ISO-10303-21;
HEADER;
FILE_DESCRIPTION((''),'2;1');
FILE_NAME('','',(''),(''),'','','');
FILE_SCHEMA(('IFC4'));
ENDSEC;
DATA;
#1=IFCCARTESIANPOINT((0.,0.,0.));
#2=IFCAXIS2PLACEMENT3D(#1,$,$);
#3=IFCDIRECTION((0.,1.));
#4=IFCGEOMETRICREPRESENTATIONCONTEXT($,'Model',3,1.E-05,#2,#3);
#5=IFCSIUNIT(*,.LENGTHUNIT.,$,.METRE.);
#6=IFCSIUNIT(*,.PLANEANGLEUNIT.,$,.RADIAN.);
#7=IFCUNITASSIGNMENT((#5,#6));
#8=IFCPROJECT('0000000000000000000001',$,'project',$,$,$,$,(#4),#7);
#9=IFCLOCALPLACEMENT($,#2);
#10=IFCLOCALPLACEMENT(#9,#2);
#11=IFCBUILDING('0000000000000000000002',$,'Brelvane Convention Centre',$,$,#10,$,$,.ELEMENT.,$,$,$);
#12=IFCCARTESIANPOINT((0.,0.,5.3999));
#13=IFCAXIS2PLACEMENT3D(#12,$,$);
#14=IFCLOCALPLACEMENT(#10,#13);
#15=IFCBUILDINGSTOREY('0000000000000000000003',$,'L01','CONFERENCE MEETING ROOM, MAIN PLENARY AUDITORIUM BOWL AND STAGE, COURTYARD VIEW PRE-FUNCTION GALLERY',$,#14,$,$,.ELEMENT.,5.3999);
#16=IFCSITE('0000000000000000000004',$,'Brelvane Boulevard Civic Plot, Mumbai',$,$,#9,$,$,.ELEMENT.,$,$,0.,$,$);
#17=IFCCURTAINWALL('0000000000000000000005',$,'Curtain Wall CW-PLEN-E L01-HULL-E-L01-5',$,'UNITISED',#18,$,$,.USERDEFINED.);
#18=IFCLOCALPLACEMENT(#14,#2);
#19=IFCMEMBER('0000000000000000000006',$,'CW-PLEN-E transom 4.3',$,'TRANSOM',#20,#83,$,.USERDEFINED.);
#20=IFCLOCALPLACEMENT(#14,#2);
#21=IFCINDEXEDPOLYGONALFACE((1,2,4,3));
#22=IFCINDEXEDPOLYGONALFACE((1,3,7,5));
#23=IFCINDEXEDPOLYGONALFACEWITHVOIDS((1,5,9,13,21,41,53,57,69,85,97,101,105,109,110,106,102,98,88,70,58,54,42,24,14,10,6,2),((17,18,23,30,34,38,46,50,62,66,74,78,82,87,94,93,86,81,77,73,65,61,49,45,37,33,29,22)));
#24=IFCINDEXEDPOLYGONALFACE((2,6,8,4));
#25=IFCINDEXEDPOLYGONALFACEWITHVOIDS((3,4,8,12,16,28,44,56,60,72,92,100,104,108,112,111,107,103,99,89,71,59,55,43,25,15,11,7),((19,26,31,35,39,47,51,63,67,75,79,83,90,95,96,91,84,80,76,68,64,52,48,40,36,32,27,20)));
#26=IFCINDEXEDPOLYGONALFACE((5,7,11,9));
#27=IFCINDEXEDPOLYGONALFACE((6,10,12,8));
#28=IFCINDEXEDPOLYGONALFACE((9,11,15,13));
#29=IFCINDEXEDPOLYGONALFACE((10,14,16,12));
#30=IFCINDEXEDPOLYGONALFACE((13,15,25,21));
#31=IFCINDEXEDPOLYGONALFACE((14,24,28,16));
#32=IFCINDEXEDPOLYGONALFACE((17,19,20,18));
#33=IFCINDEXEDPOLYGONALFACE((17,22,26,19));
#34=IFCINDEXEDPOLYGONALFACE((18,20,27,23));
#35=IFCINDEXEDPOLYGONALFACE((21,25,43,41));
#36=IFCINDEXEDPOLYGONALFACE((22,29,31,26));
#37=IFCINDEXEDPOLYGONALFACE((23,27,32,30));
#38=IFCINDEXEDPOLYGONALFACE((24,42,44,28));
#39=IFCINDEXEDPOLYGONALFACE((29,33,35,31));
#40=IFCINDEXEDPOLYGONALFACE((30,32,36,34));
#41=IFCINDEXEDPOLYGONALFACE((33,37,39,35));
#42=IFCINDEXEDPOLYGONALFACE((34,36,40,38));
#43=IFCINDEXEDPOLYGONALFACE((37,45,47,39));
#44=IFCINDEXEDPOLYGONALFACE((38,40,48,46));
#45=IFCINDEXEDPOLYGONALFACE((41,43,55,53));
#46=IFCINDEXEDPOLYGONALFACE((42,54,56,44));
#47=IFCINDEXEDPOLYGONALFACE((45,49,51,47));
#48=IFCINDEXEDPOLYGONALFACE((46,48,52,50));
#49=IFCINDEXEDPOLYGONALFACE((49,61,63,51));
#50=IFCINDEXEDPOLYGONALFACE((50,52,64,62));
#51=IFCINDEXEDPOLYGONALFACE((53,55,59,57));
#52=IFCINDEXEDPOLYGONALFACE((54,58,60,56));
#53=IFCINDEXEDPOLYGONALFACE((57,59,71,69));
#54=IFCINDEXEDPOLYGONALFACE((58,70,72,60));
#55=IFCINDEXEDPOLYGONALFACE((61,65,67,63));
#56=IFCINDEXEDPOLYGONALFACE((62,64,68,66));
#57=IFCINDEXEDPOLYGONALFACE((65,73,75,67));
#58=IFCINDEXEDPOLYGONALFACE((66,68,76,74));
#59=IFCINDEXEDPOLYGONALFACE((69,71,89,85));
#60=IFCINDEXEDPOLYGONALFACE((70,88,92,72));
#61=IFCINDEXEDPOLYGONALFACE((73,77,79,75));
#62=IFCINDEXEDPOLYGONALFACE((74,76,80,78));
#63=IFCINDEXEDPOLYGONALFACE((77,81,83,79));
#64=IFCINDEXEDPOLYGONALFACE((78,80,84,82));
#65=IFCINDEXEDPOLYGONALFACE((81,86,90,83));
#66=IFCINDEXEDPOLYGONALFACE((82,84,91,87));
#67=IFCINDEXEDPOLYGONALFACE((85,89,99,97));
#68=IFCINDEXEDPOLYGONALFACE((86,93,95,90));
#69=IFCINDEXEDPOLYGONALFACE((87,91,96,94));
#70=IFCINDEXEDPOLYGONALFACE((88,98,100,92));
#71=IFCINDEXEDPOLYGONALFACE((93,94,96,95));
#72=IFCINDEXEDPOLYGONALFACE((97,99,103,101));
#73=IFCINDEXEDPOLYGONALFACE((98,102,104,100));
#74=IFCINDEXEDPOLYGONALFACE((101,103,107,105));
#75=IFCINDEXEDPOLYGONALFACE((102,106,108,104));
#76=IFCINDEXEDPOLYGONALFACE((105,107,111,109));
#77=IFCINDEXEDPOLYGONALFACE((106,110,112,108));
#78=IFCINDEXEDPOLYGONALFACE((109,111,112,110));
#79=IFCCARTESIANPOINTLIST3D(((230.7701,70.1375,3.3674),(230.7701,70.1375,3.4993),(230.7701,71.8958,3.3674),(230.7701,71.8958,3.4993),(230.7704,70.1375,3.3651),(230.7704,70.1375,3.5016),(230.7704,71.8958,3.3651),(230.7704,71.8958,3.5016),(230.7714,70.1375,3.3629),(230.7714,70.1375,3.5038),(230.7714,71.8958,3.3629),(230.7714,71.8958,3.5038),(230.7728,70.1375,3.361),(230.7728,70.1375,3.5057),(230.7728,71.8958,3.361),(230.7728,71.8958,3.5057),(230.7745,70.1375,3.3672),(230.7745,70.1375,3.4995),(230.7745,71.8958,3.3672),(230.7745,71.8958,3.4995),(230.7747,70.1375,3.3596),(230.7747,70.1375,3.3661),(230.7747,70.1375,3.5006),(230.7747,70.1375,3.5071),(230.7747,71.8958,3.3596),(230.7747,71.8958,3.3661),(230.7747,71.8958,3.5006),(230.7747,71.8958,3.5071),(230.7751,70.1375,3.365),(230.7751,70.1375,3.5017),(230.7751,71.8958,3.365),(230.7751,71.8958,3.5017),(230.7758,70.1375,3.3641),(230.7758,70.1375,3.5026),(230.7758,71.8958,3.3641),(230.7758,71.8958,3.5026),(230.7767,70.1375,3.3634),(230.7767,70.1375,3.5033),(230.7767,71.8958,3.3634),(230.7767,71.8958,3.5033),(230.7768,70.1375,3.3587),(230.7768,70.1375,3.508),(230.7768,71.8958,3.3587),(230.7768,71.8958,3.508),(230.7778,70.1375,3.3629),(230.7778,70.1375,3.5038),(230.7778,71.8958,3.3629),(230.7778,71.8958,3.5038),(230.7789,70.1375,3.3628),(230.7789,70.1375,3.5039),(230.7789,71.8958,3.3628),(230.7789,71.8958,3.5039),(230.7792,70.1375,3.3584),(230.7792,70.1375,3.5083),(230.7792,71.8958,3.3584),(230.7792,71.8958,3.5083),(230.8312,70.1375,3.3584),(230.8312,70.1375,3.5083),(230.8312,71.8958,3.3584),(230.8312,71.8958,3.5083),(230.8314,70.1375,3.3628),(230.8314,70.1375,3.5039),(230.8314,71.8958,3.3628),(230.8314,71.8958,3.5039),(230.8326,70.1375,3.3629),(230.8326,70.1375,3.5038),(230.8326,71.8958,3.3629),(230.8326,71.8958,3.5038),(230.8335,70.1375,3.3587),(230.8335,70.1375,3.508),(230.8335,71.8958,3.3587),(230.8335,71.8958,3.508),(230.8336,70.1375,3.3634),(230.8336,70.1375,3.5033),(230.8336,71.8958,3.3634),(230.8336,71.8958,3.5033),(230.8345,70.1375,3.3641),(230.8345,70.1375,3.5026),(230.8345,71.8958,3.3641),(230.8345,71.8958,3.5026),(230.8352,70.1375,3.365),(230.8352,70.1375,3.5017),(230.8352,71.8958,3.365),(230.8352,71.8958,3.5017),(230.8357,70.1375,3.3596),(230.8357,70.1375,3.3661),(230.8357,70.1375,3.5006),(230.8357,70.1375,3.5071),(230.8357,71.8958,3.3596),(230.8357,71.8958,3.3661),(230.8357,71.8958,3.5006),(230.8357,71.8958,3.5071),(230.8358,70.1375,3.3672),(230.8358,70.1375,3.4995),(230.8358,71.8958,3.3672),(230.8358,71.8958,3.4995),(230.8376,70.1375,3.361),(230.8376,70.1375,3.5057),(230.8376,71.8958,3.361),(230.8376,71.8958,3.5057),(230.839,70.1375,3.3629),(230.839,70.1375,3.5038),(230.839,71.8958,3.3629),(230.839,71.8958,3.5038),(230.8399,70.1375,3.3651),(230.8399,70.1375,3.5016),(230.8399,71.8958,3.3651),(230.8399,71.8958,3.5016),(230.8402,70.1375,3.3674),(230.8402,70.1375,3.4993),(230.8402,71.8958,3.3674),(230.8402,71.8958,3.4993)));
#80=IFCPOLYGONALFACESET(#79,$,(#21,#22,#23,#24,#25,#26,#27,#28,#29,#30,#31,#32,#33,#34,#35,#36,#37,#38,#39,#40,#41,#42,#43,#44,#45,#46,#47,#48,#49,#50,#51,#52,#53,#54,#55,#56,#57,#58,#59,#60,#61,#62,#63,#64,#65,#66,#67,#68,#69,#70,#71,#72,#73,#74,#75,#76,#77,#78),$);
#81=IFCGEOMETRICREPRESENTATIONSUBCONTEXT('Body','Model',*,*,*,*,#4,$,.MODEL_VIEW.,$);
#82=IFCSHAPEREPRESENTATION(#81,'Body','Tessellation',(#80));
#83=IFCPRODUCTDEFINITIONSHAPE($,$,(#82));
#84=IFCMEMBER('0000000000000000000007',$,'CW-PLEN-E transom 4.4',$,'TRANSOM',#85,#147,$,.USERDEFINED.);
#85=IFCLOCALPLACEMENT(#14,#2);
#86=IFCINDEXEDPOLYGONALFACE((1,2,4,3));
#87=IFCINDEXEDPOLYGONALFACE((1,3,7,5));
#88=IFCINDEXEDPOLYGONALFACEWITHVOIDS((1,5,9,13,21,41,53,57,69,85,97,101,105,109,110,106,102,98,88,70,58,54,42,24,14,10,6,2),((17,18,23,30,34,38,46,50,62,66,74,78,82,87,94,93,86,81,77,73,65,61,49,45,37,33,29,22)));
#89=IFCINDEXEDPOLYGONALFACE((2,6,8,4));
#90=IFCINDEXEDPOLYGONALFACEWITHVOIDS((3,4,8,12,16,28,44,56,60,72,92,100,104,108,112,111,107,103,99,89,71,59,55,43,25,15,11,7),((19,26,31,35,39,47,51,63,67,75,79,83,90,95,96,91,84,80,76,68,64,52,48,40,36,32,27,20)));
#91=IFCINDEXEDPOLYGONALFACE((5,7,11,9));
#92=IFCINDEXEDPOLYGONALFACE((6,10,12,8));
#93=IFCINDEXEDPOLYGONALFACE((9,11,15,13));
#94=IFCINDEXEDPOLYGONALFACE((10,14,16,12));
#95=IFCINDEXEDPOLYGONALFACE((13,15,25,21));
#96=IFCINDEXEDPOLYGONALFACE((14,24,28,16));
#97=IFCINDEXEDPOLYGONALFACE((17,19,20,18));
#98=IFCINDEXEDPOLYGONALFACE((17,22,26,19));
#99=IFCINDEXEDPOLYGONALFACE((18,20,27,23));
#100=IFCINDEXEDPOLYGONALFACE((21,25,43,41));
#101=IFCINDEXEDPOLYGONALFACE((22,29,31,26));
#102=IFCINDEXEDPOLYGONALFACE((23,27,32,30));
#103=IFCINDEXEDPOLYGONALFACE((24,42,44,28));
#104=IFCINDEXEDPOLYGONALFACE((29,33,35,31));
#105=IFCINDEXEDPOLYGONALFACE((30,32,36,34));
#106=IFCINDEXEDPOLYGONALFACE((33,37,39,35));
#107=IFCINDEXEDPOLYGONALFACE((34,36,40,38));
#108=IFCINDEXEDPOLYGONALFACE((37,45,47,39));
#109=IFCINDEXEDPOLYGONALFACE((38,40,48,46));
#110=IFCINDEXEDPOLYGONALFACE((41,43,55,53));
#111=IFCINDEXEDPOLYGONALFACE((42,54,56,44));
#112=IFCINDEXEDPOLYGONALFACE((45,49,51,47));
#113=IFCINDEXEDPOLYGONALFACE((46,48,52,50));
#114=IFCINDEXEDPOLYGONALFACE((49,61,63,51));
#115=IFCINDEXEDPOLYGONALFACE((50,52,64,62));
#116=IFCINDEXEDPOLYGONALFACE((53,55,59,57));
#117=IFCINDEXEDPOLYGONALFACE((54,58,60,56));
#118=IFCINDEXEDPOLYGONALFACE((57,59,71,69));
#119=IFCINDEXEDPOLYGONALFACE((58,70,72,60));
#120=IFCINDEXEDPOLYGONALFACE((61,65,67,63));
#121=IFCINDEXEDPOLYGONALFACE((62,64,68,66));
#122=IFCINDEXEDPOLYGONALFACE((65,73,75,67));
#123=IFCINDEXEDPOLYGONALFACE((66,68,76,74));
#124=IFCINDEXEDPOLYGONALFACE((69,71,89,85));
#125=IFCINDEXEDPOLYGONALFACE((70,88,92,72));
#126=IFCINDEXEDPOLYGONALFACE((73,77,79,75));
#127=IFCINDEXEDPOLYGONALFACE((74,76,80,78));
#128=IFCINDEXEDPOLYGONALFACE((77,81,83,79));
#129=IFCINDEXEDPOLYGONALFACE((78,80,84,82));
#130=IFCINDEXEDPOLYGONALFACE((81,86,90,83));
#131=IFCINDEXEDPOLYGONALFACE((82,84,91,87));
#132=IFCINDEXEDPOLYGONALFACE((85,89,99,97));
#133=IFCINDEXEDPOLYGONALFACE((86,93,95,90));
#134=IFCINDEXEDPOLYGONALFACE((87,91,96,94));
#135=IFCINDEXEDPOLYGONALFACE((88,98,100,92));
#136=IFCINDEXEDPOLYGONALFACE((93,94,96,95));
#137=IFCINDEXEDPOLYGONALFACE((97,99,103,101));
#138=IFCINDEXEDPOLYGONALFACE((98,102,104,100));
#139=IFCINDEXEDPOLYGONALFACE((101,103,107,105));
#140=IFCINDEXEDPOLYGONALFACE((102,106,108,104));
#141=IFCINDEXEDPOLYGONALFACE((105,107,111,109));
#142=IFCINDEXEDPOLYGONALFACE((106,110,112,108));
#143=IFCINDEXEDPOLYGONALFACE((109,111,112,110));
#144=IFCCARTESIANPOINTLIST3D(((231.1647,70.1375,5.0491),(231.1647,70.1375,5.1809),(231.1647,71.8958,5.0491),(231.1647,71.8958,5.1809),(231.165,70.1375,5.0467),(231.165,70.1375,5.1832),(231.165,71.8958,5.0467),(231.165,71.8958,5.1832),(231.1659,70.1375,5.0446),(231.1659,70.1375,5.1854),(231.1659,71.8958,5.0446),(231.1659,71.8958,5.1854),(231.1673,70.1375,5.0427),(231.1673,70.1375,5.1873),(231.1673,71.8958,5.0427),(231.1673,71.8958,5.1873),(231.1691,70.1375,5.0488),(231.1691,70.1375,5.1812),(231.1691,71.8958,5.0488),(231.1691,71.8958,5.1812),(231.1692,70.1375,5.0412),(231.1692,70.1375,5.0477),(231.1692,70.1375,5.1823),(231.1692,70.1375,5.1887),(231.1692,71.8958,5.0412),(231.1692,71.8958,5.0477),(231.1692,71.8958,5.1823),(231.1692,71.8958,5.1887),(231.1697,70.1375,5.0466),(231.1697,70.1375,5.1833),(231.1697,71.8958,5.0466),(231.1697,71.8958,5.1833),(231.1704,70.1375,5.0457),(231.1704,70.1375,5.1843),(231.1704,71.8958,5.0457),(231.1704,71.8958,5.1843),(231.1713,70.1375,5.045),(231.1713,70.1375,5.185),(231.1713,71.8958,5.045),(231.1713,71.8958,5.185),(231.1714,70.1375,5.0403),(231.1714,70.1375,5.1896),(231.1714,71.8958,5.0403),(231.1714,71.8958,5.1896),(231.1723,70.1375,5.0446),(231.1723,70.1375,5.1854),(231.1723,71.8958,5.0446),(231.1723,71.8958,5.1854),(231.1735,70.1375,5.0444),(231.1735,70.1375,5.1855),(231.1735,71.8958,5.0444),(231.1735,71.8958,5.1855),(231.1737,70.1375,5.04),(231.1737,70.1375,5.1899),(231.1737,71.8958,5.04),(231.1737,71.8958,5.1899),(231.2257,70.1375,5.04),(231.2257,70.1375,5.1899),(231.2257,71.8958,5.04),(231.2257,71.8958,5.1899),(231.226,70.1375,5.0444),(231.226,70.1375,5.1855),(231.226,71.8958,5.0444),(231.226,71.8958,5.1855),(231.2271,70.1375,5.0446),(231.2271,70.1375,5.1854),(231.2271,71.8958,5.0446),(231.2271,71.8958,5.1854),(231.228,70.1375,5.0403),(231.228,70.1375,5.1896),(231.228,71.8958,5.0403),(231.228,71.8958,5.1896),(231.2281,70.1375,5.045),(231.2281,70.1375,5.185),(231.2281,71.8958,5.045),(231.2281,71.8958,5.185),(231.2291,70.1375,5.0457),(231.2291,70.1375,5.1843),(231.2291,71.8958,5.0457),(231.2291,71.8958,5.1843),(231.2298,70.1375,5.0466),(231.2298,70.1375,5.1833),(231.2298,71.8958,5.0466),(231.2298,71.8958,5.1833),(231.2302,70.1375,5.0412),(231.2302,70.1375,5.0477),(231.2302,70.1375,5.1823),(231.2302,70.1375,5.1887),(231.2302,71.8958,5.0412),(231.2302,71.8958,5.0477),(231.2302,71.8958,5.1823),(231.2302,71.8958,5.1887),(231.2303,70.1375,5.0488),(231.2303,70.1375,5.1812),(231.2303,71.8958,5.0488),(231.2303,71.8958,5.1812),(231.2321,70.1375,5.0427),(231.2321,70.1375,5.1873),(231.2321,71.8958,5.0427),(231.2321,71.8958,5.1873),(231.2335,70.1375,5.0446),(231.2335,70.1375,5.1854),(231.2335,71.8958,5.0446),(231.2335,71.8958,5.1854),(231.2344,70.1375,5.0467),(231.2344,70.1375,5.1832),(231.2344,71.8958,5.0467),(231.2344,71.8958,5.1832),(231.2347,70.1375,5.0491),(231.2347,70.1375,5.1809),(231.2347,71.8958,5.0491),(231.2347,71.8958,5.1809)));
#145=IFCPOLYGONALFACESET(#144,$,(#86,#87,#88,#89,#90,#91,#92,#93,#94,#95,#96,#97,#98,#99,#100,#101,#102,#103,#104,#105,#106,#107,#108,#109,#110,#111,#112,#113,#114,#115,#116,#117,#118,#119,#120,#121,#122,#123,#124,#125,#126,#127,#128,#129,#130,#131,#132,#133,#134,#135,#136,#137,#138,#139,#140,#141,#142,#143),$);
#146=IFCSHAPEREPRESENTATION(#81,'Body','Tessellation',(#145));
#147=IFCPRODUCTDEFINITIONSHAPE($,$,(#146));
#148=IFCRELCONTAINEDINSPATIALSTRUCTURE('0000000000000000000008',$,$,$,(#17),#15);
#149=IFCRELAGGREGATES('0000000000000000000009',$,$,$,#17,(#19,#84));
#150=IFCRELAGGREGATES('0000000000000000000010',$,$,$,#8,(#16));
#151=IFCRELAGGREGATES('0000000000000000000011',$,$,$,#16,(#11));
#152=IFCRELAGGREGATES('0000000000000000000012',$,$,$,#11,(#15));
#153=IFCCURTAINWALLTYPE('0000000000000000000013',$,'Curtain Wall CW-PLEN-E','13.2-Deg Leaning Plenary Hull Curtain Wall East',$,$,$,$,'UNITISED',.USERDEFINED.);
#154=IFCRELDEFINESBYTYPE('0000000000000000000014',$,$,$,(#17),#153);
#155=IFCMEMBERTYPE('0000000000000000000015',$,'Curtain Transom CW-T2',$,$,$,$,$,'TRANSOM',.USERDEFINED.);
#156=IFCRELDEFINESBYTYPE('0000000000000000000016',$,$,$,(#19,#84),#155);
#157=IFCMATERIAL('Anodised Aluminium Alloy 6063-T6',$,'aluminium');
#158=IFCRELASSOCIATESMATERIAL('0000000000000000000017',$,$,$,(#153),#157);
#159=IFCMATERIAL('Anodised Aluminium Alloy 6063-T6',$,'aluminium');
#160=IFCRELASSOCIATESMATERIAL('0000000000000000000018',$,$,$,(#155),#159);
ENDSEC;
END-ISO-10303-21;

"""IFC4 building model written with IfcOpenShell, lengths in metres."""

from ifc_helpers import new_model, si_unit, direction, frame, origin, origin_2d, place, context, subcontext, project, spatial, hollow_rectangle, extrude, material, material_profile, profile_set, type_object, element, aggregate, save


model = new_model("IFC4")

# Units and contexts
model_context = context("Model", 3, precision=1e-05, world=origin(), true_north=direction((0.0, 1.0)))
body_context = subcontext(model_context, "Body", "Model", "MODEL_VIEW")
ifc_project = project(units=[si_unit("LENGTHUNIT", "METRE"), si_unit("PLANEANGLEUNIT", "RADIAN")], contexts=[model_context])

# Site, building, storey
site_placement = place(None, origin())
site = spatial("IfcSite", under=ifc_project, at=site_placement, Name="Brelvane Boulevard Civic Plot, Mumbai", CompositionType="ELEMENT", RefElevation=0.0)
building_placement = place(site_placement, origin())
building = spatial("IfcBuilding", under=site, at=building_placement, Name="Brelvane Convention Centre", CompositionType="ELEMENT")
storey_placement = place(building_placement, frame((0.0, 0.0, 5.3999)))
storey = spatial("IfcBuildingStorey", under=building, at=storey_placement, Name="L01", Description="CONFERENCE MEETING ROOM, MAIN PLENARY AUDITORIUM BOWL AND STAGE, COURTYARD VIEW PRE-FUNCTION GALLERY", CompositionType="ELEMENT", Elevation=5.3999)

# Curtain wall, members
ifc_material_1 = material(Name="Anodised Aluminium Alloy 6063-T6", Category="aluminium")
curtain_wall_type = type_object("IfcCurtainWallType", Name="Curtain Wall CW-PLEN-E", Description="13.2-Deg Leaning Plenary Hull Curtain Wall East", ElementType="UNITISED", PredefinedType="USERDEFINED", material=ifc_material_1)
curtain_wall_placement = place(storey_placement, origin())
curtain_wall = element("IfcCurtainWall", 1, at=curtain_wall_placement, inside=storey, type_object=curtain_wall_type, Name="Curtain Wall CW-PLEN-E L01-HULL-E-L01-5", ObjectType="UNITISED", PredefinedType="USERDEFINED")
ifc_material_2 = material(Name="Anodised Aluminium Alloy 6063-T6", Category="aluminium")
ifc_material_profile = material_profile(ifc_material_2, hollow_rectangle(XDim=0.0701, YDim=0.1499, WallThickness=0.0044, InnerFilletRadius=0.0044, OuterFilletRadius=0.009, at=origin_2d()), Name="ALU-T 150x70x4.5")
ifc_profile_set = profile_set([ifc_material_profile], Name="Anodised Aluminium Alloy 6063-T6")
member_type = type_object("IfcMemberType", Name="Curtain Transom CW-T2", ElementType="TRANSOM", PredefinedType="USERDEFINED", material=ifc_profile_set)
member_1_placement = place(storey_placement, frame((230.8052, 70.1375, 3.4333), z_axis=(0.0, 1.0, 0.0), x_axis=(-1.0, 0.0, 0.0)))
member_1 = element("IfcMember", 2, at=member_1_placement, type_object=member_type, Name="CW-PLEN-E transom 4.3", ObjectType="TRANSOM", PredefinedType="USERDEFINED", context=body_context, shape_type="SweptSolid", body=[
    extrude(hollow_rectangle(XDim=0.0701, YDim=0.1499, WallThickness=0.0044, InnerFilletRadius=0.0044, OuterFilletRadius=0.009, at=origin_2d()), origin(), (0.0, 0.0, 1.0), 1.7583),
])
member_2_placement = place(storey_placement, frame((231.1997, 70.1375, 5.115), z_axis=(0.0, 1.0, 0.0), x_axis=(-1.0, 0.0, 0.0)))
member_2 = element("IfcMember", 3, at=member_2_placement, type_object=member_type, Name="CW-PLEN-E transom 4.4", ObjectType="TRANSOM", PredefinedType="USERDEFINED", context=body_context, shape_type="SweptSolid", body=[
    extrude(hollow_rectangle(XDim=0.0701, YDim=0.1499, WallThickness=0.0044, InnerFilletRadius=0.0044, OuterFilletRadius=0.009, at=origin_2d()), origin(), (0.0, 0.0, 1.0), 1.7583),
])
aggregate(curtain_wall, [member_1, member_2])

save(model, "model.ifc")
